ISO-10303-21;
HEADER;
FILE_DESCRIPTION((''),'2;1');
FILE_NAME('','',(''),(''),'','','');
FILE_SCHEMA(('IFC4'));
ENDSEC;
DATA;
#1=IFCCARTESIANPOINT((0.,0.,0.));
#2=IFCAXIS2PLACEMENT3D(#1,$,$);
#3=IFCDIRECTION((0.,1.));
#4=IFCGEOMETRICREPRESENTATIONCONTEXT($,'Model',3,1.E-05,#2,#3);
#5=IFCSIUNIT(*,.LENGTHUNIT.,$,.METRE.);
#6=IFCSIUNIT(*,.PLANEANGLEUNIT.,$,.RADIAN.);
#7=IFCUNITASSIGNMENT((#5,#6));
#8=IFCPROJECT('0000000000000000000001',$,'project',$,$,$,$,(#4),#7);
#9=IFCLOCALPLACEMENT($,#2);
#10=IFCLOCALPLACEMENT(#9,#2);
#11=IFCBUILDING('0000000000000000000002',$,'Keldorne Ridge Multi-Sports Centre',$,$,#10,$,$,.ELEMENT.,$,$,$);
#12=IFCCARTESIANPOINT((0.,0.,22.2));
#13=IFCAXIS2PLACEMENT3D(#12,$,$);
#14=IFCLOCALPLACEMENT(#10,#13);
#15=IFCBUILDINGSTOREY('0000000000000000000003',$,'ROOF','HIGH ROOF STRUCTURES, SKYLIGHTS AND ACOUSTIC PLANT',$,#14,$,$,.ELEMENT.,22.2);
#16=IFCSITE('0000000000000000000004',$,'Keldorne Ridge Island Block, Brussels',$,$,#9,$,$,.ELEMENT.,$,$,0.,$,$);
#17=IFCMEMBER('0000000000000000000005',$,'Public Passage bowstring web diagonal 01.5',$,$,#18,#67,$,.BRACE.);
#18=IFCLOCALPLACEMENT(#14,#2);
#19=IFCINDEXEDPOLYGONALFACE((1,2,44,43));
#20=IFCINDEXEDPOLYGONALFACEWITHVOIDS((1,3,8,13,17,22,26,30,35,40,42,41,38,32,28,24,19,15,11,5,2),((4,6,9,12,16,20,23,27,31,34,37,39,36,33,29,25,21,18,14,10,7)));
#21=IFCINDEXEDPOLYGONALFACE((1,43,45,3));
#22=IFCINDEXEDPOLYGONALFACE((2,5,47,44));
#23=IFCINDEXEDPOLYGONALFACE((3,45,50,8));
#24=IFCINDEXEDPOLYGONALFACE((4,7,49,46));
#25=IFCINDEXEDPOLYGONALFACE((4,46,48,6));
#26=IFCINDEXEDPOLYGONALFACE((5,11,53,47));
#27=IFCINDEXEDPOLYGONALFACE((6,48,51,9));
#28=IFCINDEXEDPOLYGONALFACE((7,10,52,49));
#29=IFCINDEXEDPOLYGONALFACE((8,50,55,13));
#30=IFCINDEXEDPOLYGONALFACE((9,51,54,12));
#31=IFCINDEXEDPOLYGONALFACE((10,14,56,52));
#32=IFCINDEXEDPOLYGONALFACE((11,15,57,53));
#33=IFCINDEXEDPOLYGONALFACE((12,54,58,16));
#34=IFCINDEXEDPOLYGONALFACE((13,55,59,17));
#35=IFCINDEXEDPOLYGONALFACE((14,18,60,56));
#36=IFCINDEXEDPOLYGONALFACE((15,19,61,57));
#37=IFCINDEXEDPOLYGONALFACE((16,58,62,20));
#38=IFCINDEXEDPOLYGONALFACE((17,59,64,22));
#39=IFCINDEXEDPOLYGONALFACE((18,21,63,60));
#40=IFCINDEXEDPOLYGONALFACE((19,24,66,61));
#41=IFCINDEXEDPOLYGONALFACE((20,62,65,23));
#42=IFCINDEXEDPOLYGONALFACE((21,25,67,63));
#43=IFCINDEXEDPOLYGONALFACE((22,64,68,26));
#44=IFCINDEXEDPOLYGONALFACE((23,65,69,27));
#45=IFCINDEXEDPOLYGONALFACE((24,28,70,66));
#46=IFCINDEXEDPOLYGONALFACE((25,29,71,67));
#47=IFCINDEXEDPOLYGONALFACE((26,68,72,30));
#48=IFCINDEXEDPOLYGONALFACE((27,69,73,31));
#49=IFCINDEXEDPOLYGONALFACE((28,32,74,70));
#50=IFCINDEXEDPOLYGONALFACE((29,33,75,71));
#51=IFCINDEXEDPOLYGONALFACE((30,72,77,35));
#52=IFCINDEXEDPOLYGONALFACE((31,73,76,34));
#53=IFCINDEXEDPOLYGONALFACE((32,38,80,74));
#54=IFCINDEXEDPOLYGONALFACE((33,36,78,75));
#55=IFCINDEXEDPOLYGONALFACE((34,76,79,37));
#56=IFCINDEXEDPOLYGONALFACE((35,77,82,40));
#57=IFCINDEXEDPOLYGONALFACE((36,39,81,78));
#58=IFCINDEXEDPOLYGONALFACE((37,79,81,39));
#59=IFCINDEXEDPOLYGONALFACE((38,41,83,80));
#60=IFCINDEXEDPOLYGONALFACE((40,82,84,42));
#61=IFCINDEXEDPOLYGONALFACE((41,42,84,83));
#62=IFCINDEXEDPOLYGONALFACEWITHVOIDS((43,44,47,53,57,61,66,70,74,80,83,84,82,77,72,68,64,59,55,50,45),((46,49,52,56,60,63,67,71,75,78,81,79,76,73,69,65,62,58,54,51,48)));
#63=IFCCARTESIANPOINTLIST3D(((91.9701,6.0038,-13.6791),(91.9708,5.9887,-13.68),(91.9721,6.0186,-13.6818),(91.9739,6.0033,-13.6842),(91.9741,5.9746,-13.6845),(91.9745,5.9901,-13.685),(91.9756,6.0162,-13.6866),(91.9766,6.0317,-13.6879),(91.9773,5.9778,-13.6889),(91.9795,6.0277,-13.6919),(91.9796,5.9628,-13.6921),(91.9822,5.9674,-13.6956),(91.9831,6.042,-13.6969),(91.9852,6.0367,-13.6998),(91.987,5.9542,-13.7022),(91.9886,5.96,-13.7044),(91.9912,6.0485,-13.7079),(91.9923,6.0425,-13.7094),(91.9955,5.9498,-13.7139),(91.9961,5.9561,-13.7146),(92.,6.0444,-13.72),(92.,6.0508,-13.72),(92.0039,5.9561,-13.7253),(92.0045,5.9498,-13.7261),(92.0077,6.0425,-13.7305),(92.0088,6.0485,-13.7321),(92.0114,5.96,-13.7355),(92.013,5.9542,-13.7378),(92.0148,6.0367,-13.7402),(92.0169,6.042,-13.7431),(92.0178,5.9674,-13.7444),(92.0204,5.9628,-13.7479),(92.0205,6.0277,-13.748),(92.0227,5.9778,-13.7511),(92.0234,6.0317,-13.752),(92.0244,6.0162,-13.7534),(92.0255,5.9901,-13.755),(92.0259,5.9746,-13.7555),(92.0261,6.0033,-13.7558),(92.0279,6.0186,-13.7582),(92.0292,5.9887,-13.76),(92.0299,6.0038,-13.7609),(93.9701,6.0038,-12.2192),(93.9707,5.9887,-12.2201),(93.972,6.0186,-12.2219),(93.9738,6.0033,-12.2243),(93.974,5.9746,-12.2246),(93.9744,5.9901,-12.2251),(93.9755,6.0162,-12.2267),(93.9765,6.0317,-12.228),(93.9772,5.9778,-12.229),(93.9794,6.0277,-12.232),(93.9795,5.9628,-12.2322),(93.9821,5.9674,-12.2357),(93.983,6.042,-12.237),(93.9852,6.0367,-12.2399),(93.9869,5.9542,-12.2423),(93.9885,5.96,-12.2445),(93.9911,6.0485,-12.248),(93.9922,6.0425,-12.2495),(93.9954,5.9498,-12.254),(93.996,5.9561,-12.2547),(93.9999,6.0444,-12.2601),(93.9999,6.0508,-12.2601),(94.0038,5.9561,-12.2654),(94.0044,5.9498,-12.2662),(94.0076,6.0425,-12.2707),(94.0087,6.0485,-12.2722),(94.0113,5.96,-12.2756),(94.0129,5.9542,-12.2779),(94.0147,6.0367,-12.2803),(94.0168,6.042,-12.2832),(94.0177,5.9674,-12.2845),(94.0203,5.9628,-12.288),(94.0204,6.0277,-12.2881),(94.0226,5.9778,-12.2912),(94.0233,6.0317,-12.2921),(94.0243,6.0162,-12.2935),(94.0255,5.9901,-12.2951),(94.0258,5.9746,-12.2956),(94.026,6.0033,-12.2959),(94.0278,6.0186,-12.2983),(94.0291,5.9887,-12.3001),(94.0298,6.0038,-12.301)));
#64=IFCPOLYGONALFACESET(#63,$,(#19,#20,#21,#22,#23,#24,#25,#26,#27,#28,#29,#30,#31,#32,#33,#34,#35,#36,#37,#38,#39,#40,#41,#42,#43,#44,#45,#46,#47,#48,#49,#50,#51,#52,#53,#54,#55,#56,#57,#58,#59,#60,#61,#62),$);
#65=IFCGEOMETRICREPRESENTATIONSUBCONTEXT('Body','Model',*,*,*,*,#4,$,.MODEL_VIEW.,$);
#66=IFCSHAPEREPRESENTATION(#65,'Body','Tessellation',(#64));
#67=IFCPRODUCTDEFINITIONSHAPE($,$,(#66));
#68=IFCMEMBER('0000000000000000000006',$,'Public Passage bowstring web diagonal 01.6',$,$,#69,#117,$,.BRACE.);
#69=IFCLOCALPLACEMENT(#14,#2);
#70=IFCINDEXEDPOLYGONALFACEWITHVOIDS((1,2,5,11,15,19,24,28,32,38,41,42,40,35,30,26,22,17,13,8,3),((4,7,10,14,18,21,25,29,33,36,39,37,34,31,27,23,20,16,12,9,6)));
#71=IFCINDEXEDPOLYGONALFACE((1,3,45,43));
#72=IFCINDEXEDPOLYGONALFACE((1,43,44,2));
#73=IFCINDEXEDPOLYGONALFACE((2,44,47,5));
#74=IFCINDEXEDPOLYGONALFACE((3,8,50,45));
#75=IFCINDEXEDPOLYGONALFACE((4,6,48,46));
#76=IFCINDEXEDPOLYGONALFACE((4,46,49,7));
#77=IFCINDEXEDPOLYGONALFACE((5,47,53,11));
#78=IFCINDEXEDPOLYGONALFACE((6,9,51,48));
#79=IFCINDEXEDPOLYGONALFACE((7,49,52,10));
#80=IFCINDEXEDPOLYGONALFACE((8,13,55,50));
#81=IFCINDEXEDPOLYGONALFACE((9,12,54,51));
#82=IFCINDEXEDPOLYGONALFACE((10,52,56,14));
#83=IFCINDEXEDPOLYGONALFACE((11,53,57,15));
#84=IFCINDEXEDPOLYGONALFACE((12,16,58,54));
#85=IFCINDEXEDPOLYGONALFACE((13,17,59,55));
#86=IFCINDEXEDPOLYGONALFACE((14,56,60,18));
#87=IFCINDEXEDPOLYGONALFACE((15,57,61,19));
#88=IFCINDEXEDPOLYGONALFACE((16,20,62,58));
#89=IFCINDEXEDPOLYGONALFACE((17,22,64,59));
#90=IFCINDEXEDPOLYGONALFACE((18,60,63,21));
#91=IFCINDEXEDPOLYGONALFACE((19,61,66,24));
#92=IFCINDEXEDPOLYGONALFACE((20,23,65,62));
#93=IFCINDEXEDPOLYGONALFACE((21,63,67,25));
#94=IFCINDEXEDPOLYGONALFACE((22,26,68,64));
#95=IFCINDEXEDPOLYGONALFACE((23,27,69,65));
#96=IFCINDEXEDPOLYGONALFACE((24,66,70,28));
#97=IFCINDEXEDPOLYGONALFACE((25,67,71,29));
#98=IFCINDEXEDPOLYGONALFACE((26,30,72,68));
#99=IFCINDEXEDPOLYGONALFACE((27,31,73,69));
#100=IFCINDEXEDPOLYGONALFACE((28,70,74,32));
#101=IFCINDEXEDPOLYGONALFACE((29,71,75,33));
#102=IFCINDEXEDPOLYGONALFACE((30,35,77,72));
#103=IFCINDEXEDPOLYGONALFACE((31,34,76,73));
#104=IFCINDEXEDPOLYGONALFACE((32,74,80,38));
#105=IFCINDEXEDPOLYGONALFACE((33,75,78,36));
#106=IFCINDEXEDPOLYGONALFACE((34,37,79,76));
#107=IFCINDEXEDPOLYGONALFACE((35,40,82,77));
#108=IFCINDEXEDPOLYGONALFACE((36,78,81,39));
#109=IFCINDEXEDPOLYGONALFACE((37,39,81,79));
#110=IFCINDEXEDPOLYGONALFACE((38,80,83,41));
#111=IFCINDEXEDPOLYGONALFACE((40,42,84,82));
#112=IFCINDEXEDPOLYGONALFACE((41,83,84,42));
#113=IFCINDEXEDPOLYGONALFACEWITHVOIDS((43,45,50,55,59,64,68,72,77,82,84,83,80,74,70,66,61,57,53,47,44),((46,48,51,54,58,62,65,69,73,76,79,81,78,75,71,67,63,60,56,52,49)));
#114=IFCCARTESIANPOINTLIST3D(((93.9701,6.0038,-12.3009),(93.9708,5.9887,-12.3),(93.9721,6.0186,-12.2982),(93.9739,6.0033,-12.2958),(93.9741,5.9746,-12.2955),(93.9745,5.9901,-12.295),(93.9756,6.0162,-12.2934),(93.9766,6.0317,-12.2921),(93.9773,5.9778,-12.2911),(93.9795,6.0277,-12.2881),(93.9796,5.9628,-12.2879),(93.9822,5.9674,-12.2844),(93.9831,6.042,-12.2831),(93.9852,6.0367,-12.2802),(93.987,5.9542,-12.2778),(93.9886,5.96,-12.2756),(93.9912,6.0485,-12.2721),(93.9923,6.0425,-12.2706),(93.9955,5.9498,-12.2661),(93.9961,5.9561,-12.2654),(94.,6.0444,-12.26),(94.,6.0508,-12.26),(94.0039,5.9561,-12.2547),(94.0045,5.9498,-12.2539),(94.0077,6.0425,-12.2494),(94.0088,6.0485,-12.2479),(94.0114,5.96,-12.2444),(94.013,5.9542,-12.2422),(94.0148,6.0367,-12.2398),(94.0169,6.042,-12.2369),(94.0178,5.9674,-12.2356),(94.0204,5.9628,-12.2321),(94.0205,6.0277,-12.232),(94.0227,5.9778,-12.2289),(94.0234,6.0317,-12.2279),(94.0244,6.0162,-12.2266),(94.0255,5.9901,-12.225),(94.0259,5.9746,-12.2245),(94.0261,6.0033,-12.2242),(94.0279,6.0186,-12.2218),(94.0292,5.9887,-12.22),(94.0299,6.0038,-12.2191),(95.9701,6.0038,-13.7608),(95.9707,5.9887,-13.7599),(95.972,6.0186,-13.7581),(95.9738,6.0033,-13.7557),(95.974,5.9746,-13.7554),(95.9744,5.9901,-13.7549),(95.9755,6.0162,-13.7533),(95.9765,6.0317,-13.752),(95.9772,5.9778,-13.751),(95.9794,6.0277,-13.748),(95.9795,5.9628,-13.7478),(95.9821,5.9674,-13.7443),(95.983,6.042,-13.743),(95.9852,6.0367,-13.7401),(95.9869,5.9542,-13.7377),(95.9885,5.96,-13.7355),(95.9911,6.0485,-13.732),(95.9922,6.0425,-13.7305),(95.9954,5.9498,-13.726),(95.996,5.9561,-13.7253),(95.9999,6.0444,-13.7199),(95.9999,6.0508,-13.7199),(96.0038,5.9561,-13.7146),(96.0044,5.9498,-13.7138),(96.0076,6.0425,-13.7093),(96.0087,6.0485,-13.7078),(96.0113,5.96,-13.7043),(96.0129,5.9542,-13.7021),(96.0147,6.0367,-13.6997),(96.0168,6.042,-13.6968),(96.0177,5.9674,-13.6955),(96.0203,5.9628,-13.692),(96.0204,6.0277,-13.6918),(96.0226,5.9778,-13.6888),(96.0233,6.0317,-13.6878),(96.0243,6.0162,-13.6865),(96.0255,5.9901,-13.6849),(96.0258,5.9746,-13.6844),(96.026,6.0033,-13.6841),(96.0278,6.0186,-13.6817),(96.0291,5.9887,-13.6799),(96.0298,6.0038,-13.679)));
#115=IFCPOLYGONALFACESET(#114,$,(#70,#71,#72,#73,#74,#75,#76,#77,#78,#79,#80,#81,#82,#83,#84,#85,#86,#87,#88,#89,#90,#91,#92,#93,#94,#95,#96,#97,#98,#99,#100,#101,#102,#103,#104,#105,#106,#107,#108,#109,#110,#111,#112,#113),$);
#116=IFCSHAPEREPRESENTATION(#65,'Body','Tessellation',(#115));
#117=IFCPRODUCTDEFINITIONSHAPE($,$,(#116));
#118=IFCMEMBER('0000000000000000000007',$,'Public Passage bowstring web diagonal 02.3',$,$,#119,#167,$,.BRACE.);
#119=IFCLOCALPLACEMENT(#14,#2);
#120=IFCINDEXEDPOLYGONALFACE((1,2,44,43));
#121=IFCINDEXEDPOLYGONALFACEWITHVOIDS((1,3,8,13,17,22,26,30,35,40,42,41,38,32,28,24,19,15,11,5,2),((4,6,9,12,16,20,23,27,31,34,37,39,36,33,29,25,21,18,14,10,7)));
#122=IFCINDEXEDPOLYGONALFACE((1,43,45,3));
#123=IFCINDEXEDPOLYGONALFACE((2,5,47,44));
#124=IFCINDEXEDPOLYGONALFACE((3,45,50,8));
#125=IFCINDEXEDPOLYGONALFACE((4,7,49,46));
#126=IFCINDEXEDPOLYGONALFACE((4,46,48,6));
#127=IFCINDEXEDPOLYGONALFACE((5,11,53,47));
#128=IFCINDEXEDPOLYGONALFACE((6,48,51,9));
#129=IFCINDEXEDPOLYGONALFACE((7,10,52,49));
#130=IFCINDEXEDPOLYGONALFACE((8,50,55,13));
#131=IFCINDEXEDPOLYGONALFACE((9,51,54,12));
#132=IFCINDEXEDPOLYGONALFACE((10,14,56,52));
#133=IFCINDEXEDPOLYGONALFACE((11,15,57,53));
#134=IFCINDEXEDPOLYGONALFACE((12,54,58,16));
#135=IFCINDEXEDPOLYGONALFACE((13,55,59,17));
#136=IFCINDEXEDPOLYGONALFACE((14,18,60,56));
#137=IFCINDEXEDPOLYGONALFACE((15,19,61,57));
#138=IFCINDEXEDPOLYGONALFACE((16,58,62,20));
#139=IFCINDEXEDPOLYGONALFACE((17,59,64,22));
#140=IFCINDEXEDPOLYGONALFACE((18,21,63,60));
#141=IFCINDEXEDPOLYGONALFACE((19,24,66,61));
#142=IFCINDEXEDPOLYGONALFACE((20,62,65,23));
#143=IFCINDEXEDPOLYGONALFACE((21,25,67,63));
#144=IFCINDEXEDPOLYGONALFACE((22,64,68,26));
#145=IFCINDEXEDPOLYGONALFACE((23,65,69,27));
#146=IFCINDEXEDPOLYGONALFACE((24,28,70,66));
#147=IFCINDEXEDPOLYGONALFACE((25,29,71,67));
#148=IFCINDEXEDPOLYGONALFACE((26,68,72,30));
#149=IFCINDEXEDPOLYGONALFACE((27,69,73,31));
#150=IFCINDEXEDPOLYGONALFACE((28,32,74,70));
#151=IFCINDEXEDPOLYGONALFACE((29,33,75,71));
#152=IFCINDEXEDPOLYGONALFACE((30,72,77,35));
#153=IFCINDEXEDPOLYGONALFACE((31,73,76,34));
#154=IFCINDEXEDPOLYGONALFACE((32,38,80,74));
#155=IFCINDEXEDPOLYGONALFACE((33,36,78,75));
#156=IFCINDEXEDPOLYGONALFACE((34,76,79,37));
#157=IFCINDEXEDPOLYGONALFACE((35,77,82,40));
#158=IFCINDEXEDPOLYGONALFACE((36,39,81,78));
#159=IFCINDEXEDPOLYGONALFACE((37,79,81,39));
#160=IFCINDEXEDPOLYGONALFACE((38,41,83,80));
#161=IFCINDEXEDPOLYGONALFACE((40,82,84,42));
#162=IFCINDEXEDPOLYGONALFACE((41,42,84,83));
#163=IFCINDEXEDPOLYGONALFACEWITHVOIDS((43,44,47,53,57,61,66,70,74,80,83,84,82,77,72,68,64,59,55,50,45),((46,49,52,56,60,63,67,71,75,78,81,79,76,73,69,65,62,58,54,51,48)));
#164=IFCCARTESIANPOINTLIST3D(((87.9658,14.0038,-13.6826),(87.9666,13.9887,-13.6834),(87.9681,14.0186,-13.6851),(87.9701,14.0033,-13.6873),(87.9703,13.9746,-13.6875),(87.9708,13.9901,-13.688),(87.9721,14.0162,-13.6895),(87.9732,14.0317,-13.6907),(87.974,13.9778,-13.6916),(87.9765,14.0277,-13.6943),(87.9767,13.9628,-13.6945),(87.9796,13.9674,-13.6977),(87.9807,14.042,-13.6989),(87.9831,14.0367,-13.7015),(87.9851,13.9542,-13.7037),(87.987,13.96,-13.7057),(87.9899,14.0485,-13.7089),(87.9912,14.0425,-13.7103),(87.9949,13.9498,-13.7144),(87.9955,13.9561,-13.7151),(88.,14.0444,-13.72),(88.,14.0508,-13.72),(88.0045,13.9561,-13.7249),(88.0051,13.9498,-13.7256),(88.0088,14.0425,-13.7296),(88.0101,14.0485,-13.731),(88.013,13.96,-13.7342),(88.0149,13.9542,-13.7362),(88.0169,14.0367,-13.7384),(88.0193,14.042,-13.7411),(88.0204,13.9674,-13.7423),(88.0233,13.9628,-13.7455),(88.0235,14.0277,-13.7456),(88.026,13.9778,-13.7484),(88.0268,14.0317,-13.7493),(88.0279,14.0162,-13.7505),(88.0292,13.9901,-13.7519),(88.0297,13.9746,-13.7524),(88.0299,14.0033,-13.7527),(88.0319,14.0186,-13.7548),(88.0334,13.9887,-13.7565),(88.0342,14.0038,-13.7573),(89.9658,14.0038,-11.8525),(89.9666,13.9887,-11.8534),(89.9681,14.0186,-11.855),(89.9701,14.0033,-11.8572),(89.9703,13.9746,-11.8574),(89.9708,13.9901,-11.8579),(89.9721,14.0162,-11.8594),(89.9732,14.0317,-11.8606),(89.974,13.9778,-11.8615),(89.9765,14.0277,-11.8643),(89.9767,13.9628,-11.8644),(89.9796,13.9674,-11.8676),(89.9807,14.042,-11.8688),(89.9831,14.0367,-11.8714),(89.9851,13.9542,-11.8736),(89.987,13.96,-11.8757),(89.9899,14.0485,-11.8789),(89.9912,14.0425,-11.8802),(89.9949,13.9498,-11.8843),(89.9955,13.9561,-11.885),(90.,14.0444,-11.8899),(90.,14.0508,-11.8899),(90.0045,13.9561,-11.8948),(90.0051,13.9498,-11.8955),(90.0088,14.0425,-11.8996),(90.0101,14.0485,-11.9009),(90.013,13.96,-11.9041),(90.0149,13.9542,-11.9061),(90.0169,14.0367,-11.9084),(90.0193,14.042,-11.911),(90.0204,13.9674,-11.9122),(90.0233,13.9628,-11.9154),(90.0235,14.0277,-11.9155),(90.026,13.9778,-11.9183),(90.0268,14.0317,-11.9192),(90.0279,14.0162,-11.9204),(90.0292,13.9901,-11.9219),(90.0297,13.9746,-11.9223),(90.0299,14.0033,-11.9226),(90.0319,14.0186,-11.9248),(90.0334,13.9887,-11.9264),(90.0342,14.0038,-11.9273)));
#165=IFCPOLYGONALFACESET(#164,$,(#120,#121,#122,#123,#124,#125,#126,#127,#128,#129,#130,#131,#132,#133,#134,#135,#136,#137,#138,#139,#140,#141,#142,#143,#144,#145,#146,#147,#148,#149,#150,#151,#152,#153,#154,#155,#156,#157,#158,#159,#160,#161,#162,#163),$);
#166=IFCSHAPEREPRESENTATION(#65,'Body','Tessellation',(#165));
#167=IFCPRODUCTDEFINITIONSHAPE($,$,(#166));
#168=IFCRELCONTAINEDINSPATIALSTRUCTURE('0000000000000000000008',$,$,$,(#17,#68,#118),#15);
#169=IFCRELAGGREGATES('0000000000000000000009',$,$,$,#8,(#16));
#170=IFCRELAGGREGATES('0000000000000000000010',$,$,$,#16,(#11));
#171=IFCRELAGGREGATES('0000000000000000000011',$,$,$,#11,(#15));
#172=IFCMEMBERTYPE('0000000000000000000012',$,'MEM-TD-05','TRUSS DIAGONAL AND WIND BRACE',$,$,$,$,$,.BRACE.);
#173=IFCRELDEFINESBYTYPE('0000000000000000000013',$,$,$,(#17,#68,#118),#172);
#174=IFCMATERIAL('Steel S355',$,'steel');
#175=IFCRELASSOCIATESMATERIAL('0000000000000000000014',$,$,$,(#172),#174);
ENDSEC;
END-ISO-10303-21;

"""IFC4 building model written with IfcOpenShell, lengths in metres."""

from ifc_helpers import new_model, si_unit, direction, frame, origin, origin_2d, place, context, subcontext, project, spatial, hollow_circle, extrude, material, material_profile, profile_set, type_object, element, save


model = new_model("IFC4")

# Units and contexts
model_context = context("Model", 3, precision=1e-05, world=origin(), true_north=direction((0.0, 1.0)))
body_context = subcontext(model_context, "Body", "Model", "MODEL_VIEW")
ifc_project = project(units=[si_unit("LENGTHUNIT", "METRE"), si_unit("PLANEANGLEUNIT", "RADIAN")], contexts=[model_context])

# Site, building, storey
site_placement = place(None, origin())
site = spatial("IfcSite", under=ifc_project, at=site_placement, Name="Keldorne Ridge Island Block, Brussels", CompositionType="ELEMENT", RefElevation=0.0)
building_placement = place(site_placement, origin())
building = spatial("IfcBuilding", under=site, at=building_placement, Name="Keldorne Ridge Multi-Sports Centre", CompositionType="ELEMENT")
storey_placement = place(building_placement, frame((0.0, 0.0, 22.2)))
storey = spatial("IfcBuildingStorey", under=building, at=storey_placement, Name="ROOF", Description="HIGH ROOF STRUCTURES, SKYLIGHTS AND ACOUSTIC PLANT", CompositionType="ELEMENT", Elevation=22.2)

# Members
ifc_material = material(Name="Steel S355", Category="steel")
ifc_material_profile_1 = material_profile(ifc_material, hollow_circle(Radius=0.0508, WallThickness=0.0063, at=origin_2d()), Name="CHS 101.6x6.3")
ifc_profile_set_1 = profile_set([ifc_material_profile_1], Name="Steel S355")
member_type_1 = type_object("IfcMemberType", Name="MEM-TD-05", Description="TRUSS DIAGONAL AND WIND BRACE", PredefinedType="BRACE", material=ifc_profile_set_1)
for number, where, z_axis, x_axis, name in (
    (1, (92.0, 6.0, -13.72), (0.807695, 0.0, 0.589601), (0.0, 1.0, 0.0), "Public Passage bowstring web diagonal 01.5"),
    (2, (94.0, 6.0, -12.26), (0.807695, 0.0, -0.589601), (0.0, 1.0, 0.0), "Public Passage bowstring web diagonal 01.6"),
):
    element("IfcMember", number, at=place(storey_placement, frame(where, z_axis=z_axis, x_axis=x_axis)), inside=storey, type_object=member_type_1, Name=name, PredefinedType="BRACE", context=body_context, shape_type="SweptSolid", body=[
        extrude(hollow_circle(Radius=0.0508, WallThickness=0.0063, at=origin_2d()), origin(), (0.0, 0.0, 1.0), 2.4761),
    ])
for number, where, z_axis, x_axis, name in (
    (3, (88.0, 14.0, -13.72), (0.737752, 0.0, 0.675072), (0.0, 1.0, 0.0), "Public Passage bowstring web diagonal 02.3"),
):
    element("IfcMember", number, at=place(storey_placement, frame(where, z_axis=z_axis, x_axis=x_axis)), inside=storey, type_object=member_type_1, Name=name, PredefinedType="BRACE", context=body_context, shape_type="SweptSolid", body=[
        extrude(hollow_circle(Radius=0.0508, WallThickness=0.0063, at=origin_2d()), origin(), (0.0, 0.0, 1.0), 2.7109),
    ])

save(model, "model.ifc")
